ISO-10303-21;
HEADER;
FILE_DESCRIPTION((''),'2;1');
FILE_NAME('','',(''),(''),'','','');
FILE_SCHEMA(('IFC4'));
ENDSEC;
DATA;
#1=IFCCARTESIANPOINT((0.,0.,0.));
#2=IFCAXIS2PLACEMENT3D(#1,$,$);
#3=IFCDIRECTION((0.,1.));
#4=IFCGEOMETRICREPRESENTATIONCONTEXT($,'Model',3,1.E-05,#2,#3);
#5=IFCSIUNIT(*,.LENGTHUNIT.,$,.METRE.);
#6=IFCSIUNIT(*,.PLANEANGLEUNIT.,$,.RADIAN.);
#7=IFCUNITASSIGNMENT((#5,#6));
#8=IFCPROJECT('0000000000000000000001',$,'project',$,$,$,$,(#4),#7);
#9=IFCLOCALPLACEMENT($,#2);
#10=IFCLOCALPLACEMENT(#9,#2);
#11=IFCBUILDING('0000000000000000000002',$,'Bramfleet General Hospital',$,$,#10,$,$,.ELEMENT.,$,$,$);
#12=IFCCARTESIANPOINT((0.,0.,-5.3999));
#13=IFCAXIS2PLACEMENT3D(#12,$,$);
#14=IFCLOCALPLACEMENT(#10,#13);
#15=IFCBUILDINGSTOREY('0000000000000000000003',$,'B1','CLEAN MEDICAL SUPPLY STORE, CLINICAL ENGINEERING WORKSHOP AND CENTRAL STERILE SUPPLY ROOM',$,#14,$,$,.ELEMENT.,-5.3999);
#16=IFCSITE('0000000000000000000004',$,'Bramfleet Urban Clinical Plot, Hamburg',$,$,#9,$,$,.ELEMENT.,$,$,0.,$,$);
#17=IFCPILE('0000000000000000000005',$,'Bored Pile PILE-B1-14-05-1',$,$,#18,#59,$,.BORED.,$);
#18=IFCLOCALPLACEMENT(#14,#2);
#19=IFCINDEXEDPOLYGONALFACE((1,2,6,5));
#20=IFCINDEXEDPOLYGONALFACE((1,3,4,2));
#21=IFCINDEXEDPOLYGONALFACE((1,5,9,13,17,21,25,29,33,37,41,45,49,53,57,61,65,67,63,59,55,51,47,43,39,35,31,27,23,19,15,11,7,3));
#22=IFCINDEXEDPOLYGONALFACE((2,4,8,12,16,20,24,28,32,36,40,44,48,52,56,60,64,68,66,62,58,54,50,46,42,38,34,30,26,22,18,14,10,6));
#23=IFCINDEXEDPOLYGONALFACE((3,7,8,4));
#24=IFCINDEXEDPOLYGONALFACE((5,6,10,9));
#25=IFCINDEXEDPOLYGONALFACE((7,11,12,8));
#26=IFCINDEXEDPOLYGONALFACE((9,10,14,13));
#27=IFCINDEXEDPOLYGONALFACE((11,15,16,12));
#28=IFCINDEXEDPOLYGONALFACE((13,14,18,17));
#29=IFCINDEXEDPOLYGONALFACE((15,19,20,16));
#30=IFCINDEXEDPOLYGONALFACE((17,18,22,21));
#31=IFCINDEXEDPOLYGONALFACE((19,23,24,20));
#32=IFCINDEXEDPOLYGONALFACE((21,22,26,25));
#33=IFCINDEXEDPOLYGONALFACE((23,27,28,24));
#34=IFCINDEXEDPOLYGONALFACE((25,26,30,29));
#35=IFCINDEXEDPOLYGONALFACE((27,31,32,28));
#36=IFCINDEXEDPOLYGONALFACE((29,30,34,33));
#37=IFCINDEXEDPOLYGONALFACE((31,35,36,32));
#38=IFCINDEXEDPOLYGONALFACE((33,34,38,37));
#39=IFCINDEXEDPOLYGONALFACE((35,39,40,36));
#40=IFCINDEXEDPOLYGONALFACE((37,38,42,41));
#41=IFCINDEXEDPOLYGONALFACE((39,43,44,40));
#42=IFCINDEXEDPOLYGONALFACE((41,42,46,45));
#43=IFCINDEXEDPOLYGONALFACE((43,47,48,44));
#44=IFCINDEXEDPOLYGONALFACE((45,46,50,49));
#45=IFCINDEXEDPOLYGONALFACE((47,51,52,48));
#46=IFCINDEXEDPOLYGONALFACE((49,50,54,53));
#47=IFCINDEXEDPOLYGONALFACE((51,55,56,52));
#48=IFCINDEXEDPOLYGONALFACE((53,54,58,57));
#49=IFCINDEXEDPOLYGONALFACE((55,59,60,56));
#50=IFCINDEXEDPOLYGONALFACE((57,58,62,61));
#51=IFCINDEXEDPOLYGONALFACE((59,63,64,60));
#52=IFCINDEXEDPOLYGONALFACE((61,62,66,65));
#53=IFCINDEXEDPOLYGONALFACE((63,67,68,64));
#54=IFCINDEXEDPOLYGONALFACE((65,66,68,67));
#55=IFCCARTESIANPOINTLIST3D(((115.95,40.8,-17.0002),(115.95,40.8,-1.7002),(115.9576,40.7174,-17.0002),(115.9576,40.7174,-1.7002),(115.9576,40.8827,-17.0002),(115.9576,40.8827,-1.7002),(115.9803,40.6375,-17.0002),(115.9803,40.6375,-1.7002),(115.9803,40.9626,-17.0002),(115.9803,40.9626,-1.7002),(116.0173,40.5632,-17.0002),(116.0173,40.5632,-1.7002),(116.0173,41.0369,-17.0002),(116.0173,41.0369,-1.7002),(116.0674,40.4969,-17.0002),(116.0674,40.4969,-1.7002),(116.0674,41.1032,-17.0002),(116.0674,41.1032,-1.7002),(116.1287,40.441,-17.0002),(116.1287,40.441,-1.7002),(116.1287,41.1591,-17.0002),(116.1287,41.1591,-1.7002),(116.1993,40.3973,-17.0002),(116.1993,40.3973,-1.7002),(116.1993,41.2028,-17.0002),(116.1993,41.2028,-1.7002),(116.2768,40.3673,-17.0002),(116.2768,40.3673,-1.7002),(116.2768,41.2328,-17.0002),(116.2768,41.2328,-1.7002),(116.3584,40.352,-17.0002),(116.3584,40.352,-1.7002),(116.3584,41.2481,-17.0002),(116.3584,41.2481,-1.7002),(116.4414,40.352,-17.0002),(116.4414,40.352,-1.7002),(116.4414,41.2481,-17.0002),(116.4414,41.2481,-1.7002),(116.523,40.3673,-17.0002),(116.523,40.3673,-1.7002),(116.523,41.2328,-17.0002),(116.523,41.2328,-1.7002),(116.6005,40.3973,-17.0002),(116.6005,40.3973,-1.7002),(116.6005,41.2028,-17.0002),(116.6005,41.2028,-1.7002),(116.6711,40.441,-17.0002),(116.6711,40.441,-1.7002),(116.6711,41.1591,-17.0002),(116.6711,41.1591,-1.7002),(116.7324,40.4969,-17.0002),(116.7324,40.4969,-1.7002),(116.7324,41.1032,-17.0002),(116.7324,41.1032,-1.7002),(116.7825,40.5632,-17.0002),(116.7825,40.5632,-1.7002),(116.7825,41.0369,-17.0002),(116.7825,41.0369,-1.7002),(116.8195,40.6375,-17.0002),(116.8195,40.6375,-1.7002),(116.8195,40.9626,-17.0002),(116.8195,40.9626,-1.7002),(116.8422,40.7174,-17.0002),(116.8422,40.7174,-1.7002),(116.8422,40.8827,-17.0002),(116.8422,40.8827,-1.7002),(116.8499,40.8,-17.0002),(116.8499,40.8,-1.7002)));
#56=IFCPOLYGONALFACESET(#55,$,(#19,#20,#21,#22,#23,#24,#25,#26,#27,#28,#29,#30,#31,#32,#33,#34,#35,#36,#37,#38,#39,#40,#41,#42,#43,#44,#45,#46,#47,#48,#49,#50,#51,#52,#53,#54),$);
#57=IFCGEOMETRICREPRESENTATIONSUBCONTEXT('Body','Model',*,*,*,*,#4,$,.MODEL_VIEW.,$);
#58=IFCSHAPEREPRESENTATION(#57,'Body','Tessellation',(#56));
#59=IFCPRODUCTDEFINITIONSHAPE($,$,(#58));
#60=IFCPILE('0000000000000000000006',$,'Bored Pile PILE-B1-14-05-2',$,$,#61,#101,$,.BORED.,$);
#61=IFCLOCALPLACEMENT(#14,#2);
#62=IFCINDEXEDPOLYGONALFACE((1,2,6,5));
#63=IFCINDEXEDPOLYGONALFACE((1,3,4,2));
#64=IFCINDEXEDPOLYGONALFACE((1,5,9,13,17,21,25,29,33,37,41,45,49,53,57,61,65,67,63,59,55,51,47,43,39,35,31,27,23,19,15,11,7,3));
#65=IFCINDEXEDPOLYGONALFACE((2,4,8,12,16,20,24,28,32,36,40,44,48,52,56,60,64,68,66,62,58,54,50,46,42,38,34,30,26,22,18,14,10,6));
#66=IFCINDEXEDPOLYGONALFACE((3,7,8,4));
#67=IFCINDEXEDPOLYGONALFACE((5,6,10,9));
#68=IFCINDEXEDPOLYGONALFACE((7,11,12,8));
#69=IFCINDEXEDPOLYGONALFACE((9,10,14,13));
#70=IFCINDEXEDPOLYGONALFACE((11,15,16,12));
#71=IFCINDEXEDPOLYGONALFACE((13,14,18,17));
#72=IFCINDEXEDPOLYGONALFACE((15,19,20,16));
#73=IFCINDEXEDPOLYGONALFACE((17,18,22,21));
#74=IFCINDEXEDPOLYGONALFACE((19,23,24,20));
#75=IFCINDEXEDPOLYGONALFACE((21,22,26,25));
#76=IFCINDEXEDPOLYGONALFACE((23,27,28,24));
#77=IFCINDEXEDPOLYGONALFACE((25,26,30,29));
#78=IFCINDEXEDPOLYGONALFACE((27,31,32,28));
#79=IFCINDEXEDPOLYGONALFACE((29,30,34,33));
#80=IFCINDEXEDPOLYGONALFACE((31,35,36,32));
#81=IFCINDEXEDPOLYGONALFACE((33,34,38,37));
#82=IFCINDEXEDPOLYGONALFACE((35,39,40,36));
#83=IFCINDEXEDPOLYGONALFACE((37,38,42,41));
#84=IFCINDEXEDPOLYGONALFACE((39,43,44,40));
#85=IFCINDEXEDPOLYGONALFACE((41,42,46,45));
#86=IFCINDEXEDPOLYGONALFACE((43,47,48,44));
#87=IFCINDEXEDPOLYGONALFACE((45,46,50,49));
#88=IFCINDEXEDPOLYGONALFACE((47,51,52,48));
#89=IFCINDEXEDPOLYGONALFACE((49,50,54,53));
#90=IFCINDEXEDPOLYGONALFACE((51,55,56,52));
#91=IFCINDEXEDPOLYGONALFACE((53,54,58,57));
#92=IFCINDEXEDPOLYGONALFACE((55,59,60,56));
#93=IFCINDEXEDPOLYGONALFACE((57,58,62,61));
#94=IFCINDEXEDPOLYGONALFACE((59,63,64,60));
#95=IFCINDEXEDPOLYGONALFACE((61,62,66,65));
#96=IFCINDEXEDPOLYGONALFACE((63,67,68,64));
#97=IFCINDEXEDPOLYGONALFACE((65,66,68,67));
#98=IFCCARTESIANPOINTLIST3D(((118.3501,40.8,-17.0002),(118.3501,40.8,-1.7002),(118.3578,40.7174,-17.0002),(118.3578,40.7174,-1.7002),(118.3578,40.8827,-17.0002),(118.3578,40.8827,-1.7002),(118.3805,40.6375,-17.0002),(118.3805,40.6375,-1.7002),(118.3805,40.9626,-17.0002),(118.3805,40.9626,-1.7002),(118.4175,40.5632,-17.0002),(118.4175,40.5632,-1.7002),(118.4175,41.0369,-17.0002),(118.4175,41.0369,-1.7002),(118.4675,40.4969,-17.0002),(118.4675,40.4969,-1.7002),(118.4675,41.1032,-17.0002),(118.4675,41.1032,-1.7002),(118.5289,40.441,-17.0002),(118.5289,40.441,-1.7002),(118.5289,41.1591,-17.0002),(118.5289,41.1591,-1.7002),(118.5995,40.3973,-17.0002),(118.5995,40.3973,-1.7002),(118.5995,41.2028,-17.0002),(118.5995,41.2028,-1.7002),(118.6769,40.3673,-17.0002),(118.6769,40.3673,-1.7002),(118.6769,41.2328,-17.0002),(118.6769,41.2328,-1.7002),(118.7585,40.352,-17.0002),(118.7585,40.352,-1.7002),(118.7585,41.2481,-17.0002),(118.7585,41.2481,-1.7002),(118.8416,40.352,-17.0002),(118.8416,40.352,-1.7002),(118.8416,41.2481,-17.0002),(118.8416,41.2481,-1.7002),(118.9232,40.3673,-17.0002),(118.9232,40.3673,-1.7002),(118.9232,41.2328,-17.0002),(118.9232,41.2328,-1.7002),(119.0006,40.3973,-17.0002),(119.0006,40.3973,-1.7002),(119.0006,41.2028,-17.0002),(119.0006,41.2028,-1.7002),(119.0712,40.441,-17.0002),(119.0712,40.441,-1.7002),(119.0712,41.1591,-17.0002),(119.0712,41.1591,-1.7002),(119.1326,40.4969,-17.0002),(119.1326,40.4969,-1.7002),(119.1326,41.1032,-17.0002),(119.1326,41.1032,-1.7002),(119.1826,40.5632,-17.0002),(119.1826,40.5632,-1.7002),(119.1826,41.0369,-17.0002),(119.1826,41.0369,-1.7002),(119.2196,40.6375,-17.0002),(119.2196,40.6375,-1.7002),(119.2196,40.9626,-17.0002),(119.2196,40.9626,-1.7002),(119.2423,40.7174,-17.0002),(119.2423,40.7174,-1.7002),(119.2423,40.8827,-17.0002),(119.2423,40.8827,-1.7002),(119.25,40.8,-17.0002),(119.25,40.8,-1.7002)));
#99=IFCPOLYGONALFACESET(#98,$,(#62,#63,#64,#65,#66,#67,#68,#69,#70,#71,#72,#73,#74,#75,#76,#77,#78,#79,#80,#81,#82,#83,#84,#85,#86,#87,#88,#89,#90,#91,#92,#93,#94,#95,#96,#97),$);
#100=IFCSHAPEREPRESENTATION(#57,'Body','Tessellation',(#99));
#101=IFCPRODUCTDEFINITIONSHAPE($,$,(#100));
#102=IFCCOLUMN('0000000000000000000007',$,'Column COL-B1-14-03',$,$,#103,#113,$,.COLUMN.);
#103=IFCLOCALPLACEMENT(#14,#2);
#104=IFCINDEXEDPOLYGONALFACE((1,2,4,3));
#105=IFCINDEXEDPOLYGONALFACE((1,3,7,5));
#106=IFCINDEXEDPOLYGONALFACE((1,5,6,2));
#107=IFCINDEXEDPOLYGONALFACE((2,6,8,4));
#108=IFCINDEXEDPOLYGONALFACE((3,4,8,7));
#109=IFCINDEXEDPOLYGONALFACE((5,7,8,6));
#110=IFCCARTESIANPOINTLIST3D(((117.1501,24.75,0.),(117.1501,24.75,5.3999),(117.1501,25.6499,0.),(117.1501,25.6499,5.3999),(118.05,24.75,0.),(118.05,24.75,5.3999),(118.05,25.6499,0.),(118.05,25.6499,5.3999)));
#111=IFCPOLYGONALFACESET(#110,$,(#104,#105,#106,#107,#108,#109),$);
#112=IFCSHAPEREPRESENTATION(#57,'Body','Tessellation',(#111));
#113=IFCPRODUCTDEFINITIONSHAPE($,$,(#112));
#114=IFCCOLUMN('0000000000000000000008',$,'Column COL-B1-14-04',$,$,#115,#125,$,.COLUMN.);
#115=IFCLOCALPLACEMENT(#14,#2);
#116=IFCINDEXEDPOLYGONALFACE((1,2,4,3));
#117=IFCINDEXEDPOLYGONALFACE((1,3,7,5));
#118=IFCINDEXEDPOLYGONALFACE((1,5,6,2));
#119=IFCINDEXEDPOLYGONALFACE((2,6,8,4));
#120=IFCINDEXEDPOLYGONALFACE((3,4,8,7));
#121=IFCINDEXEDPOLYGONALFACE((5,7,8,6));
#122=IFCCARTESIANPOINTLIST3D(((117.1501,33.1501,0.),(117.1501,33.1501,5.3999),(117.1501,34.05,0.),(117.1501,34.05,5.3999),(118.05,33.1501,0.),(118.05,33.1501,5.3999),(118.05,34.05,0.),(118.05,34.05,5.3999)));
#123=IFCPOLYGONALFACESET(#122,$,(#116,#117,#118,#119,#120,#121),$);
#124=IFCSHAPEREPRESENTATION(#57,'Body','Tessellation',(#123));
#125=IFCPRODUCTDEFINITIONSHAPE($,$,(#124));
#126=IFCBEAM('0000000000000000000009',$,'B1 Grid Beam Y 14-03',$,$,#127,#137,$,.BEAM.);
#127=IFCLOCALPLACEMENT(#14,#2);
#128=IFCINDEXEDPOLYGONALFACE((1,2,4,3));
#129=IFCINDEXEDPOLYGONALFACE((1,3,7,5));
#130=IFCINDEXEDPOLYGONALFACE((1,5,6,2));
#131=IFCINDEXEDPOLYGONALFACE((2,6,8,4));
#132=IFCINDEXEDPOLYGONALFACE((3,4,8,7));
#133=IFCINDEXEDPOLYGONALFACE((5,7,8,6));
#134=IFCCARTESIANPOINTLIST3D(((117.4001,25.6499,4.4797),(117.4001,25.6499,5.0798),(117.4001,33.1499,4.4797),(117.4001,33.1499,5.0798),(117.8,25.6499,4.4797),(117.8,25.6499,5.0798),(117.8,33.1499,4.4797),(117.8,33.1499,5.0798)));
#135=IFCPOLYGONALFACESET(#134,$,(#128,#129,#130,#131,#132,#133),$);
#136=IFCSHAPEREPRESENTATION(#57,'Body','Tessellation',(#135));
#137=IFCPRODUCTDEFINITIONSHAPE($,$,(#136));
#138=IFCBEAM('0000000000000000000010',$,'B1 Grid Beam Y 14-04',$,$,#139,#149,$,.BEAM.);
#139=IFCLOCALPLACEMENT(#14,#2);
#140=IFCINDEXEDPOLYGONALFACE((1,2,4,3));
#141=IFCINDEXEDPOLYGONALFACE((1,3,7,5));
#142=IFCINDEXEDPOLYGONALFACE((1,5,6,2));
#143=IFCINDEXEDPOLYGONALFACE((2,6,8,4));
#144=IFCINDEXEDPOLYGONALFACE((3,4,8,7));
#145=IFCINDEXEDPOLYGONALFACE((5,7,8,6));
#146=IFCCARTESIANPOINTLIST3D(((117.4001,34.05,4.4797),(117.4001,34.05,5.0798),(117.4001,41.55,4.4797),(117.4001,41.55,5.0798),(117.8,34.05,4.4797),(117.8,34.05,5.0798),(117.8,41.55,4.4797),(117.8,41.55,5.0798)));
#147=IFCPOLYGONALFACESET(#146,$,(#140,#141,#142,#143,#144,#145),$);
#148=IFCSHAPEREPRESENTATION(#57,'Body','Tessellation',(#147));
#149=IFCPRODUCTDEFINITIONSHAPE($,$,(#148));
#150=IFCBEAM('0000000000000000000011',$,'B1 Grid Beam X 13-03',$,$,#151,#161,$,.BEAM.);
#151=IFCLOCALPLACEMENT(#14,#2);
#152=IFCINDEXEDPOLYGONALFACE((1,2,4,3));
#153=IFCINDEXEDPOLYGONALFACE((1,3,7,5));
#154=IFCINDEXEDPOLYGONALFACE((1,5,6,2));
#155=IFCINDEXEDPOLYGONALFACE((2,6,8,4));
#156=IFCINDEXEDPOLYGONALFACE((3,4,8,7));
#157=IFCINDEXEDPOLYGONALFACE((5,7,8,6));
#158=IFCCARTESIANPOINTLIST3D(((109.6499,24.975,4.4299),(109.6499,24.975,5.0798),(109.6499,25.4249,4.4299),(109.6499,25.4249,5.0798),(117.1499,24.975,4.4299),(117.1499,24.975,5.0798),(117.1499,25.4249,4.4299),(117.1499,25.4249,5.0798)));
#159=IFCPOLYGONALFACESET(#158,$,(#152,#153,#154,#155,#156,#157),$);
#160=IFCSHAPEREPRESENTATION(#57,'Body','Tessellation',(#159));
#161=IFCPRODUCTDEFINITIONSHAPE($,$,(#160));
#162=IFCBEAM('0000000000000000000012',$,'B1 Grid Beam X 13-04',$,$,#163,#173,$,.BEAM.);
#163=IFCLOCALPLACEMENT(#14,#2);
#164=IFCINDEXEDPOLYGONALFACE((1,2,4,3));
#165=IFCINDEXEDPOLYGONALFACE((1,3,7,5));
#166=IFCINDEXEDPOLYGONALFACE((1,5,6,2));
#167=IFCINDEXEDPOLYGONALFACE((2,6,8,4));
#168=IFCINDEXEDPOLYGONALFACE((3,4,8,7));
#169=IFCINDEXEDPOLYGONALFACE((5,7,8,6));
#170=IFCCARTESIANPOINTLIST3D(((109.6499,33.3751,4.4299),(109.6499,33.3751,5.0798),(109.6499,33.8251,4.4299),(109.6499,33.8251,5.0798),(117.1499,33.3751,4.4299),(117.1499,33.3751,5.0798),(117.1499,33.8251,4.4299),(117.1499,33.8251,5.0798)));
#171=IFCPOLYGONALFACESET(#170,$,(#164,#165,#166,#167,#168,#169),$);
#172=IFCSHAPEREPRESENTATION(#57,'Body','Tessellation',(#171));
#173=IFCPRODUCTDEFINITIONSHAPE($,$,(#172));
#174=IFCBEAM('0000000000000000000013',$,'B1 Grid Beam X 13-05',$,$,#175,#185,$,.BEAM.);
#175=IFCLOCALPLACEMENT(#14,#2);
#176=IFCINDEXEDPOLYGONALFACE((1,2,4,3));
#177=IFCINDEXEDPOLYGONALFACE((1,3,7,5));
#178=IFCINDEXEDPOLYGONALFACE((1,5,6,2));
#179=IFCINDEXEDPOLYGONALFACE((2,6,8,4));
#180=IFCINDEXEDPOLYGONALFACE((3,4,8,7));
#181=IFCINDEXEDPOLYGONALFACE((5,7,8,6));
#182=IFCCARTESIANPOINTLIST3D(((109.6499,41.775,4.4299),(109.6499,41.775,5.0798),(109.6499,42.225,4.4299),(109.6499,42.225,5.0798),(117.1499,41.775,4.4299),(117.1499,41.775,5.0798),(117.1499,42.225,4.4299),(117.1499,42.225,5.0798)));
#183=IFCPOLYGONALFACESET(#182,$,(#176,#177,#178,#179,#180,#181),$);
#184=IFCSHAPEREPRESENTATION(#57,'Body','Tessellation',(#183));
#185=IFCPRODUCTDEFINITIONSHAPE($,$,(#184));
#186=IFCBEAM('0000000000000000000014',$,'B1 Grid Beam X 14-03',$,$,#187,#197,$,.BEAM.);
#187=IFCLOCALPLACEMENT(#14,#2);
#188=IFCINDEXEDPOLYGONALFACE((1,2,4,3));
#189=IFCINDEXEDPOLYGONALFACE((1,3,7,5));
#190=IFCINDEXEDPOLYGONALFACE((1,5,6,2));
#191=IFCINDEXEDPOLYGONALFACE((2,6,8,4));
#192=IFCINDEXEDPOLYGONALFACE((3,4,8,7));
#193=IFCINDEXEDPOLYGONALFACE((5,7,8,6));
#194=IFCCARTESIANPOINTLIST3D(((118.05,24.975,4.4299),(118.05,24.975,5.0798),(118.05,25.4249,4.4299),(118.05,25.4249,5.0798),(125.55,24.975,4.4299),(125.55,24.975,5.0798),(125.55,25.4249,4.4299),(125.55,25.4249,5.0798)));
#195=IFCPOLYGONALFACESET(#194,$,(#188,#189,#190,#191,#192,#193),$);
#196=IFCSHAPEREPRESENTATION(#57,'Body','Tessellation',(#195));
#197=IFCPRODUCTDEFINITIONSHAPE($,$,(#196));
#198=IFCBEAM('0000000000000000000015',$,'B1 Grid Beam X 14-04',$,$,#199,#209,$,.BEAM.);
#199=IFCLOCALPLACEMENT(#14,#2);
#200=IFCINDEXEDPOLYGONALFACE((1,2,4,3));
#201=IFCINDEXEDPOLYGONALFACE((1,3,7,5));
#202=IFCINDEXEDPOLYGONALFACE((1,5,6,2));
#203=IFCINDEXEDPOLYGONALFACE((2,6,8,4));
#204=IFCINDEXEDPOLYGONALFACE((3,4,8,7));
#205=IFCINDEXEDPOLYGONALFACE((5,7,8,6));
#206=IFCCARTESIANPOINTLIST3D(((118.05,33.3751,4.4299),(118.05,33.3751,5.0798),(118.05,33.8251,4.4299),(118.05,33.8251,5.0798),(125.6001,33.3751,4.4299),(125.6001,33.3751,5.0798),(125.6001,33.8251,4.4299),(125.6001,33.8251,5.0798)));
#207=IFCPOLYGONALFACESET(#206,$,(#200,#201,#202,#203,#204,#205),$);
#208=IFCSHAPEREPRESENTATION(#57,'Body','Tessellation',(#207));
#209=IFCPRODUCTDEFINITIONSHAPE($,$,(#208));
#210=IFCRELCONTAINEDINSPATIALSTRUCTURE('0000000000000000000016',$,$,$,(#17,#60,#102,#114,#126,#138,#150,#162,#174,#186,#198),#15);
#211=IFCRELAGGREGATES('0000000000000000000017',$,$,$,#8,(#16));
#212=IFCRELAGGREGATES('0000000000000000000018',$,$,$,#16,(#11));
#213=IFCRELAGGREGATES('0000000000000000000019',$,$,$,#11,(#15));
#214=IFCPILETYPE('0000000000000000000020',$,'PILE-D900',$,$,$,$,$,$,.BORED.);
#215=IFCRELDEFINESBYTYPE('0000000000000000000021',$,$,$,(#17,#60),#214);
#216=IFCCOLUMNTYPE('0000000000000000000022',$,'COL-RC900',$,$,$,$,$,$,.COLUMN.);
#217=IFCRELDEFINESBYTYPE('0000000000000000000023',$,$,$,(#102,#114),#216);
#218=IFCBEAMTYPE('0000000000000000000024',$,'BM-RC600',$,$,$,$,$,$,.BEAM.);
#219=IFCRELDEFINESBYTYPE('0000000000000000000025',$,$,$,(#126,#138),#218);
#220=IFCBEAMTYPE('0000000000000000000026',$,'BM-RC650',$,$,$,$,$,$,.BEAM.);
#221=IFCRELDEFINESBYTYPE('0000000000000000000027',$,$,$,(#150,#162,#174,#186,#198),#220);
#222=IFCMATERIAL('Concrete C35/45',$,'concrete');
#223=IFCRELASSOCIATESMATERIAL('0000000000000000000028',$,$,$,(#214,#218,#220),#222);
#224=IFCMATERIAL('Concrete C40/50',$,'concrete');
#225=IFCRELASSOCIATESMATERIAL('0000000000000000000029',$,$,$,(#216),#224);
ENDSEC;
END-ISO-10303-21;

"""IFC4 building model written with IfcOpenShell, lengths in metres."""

from ifc_helpers import new_model, si_unit, direction, frame, origin, origin_2d, place, context, subcontext, project, spatial, rectangle, circle, extrude, material, material_profile, profile_set, type_object, element, save


model = new_model("IFC4")

# Units and contexts
model_context = context("Model", 3, precision=1e-05, world=origin(), true_north=direction((0.0, 1.0)))
body_context = subcontext(model_context, "Body", "Model", "MODEL_VIEW")
ifc_project = project(units=[si_unit("LENGTHUNIT", "METRE"), si_unit("PLANEANGLEUNIT", "RADIAN")], contexts=[model_context])

# Site, building, storey
site_placement = place(None, origin())
site = spatial("IfcSite", under=ifc_project, at=site_placement, Name="Bramfleet Urban Clinical Plot, Hamburg", CompositionType="ELEMENT", RefElevation=0.0)
building_placement = place(site_placement, origin())
building = spatial("IfcBuilding", under=site, at=building_placement, Name="Bramfleet General Hospital", CompositionType="ELEMENT")
storey_placement = place(building_placement, frame((0.0, 0.0, -5.3999)))
storey = spatial("IfcBuildingStorey", under=building, at=storey_placement, Name="B1", Description="CLEAN MEDICAL SUPPLY STORE, CLINICAL ENGINEERING WORKSHOP AND CENTRAL STERILE SUPPLY ROOM", CompositionType="ELEMENT", Elevation=-5.3999)

# Shared definitions
ifc_material_1 = material(Name="Concrete C35/45", Category="concrete")

# Piles
ifc_material_profile_1 = material_profile(ifc_material_1, circle(Radius=0.45, at=origin_2d()), Name="PILE BORED D900")
ifc_profile_set_1 = profile_set([ifc_material_profile_1], Name="Concrete C35/45")
pile_type = type_object("IfcPileType", Name="PILE-D900", PredefinedType="BORED", material=ifc_profile_set_1)
for number, where, z_axis, x_axis, name in (
    (1, (116.3999, 40.8, -1.7002), (0.0, 0.0, -1.0), (1.0, 0.0, 0.0), "Bored Pile PILE-B1-14-05-1"),
    (2, (118.8, 40.8, -1.7002), (0.0, 0.0, -1.0), (1.0, 0.0, 0.0), "Bored Pile PILE-B1-14-05-2"),
):
    element("IfcPile", number, at=place(storey_placement, frame(where, z_axis=z_axis, x_axis=x_axis)), inside=storey, type_object=pile_type, Name=name, PredefinedType="BORED", context=body_context, shape_type="SweptSolid", body=[
        extrude(circle(Radius=0.45, at=origin_2d()), origin(), (0.0, 0.0, 1.0), 15.3),
    ])

# Columns
ifc_material_2 = material(Name="Concrete C40/50", Category="concrete")
ifc_material_profile_2 = material_profile(ifc_material_2, rectangle(XDim=0.8999, YDim=0.8999, at=origin_2d()), Name="RC COL 900x900")
ifc_profile_set_2 = profile_set([ifc_material_profile_2], Name="Concrete C40/50")
column_type = type_object("IfcColumnType", Name="COL-RC900", PredefinedType="COLUMN", material=ifc_profile_set_2)
for number, where, z_axis, x_axis, name in (
    (3, (117.6001, 25.2, 0.0), (0.0, 0.0, 1.0), (1.0, 0.0, 0.0), "Column COL-B1-14-03"),
    (4, (117.6001, 33.6001, 0.0), (0.0, 0.0, 1.0), (1.0, 0.0, 0.0), "Column COL-B1-14-04"),
):
    element("IfcColumn", number, at=place(storey_placement, frame(where, z_axis=z_axis, x_axis=x_axis)), inside=storey, type_object=column_type, Name=name, PredefinedType="COLUMN", context=body_context, shape_type="SweptSolid", body=[
        extrude(rectangle(XDim=0.8999, YDim=0.8999, at=origin_2d()), origin(), (0.0, 0.0, 1.0), 5.3999),
    ])

# Beams
ifc_material_profile_3 = material_profile(ifc_material_1, rectangle(XDim=0.3999, YDim=0.6001, at=origin_2d()), Name="RC BM 600x400")
ifc_profile_set_3 = profile_set([ifc_material_profile_3], Name="Concrete C35/45")
beam_type_1 = type_object("IfcBeamType", Name="BM-RC600", PredefinedType="BEAM", material=ifc_profile_set_3)
for number, where, z_axis, x_axis, name in (
    (5, (117.6001, 25.6499, 4.7798), (0.0, 1.0, 0.0), (-1.0, 0.0, 0.0), "B1 Grid Beam Y 14-03"),
    (6, (117.6001, 34.05, 4.7798), (0.0, 1.0, 0.0), (-1.0, 0.0, 0.0), "B1 Grid Beam Y 14-04"),
):
    element("IfcBeam", number, at=place(storey_placement, frame(where, z_axis=z_axis, x_axis=x_axis)), inside=storey, type_object=beam_type_1, Name=name, PredefinedType="BEAM", context=body_context, shape_type="SweptSolid", body=[
        extrude(rectangle(XDim=0.3999, YDim=0.6001, at=origin_2d()), origin(), (0.0, 0.0, 1.0), 7.5),
    ])
ifc_material_profile_4 = material_profile(ifc_material_1, rectangle(XDim=0.45, YDim=0.6499, at=origin_2d()), Name="RC BM 650x450")
ifc_profile_set_4 = profile_set([ifc_material_profile_4], Name="Concrete C35/45")
beam_type_2 = type_object("IfcBeamType", Name="BM-RC650", PredefinedType="BEAM", material=ifc_profile_set_4)
for number, where, z_axis, x_axis, name in (
    (7, (109.6499, 25.2, 4.7549), (1.0, 0.0, 0.0), (0.0, 1.0, 0.0), "B1 Grid Beam X 13-03"),
    (8, (109.6499, 33.6001, 4.7549), (1.0, 0.0, 0.0), (0.0, 1.0, 0.0), "B1 Grid Beam X 13-04"),
    (9, (109.6499, 42.0, 4.7549), (1.0, 0.0, 0.0), (0.0, 1.0, 0.0), "B1 Grid Beam X 13-05"),
    (10, (118.05, 25.2, 4.7549), (1.0, 0.0, 0.0), (0.0, 1.0, 0.0), "B1 Grid Beam X 14-03"),
):
    element("IfcBeam", number, at=place(storey_placement, frame(where, z_axis=z_axis, x_axis=x_axis)), inside=storey, type_object=beam_type_2, Name=name, PredefinedType="BEAM", context=body_context, shape_type="SweptSolid", body=[
        extrude(rectangle(XDim=0.45, YDim=0.6499, at=origin_2d()), origin(), (0.0, 0.0, 1.0), 7.5),
    ])
beam_placement = place(storey_placement, frame((118.05, 33.6001, 4.7549), z_axis=(1.0, 0.0, 0.0), x_axis=(0.0, 1.0, 0.0)))
element("IfcBeam", 11, at=beam_placement, inside=storey, type_object=beam_type_2, Name="B1 Grid Beam X 14-04", PredefinedType="BEAM", context=body_context, shape_type="SweptSolid", body=[
    extrude(rectangle(XDim=0.45, YDim=0.6499, at=origin_2d()), origin(), (0.0, 0.0, 1.0), 7.55),
])

save(model, "model.ifc")
